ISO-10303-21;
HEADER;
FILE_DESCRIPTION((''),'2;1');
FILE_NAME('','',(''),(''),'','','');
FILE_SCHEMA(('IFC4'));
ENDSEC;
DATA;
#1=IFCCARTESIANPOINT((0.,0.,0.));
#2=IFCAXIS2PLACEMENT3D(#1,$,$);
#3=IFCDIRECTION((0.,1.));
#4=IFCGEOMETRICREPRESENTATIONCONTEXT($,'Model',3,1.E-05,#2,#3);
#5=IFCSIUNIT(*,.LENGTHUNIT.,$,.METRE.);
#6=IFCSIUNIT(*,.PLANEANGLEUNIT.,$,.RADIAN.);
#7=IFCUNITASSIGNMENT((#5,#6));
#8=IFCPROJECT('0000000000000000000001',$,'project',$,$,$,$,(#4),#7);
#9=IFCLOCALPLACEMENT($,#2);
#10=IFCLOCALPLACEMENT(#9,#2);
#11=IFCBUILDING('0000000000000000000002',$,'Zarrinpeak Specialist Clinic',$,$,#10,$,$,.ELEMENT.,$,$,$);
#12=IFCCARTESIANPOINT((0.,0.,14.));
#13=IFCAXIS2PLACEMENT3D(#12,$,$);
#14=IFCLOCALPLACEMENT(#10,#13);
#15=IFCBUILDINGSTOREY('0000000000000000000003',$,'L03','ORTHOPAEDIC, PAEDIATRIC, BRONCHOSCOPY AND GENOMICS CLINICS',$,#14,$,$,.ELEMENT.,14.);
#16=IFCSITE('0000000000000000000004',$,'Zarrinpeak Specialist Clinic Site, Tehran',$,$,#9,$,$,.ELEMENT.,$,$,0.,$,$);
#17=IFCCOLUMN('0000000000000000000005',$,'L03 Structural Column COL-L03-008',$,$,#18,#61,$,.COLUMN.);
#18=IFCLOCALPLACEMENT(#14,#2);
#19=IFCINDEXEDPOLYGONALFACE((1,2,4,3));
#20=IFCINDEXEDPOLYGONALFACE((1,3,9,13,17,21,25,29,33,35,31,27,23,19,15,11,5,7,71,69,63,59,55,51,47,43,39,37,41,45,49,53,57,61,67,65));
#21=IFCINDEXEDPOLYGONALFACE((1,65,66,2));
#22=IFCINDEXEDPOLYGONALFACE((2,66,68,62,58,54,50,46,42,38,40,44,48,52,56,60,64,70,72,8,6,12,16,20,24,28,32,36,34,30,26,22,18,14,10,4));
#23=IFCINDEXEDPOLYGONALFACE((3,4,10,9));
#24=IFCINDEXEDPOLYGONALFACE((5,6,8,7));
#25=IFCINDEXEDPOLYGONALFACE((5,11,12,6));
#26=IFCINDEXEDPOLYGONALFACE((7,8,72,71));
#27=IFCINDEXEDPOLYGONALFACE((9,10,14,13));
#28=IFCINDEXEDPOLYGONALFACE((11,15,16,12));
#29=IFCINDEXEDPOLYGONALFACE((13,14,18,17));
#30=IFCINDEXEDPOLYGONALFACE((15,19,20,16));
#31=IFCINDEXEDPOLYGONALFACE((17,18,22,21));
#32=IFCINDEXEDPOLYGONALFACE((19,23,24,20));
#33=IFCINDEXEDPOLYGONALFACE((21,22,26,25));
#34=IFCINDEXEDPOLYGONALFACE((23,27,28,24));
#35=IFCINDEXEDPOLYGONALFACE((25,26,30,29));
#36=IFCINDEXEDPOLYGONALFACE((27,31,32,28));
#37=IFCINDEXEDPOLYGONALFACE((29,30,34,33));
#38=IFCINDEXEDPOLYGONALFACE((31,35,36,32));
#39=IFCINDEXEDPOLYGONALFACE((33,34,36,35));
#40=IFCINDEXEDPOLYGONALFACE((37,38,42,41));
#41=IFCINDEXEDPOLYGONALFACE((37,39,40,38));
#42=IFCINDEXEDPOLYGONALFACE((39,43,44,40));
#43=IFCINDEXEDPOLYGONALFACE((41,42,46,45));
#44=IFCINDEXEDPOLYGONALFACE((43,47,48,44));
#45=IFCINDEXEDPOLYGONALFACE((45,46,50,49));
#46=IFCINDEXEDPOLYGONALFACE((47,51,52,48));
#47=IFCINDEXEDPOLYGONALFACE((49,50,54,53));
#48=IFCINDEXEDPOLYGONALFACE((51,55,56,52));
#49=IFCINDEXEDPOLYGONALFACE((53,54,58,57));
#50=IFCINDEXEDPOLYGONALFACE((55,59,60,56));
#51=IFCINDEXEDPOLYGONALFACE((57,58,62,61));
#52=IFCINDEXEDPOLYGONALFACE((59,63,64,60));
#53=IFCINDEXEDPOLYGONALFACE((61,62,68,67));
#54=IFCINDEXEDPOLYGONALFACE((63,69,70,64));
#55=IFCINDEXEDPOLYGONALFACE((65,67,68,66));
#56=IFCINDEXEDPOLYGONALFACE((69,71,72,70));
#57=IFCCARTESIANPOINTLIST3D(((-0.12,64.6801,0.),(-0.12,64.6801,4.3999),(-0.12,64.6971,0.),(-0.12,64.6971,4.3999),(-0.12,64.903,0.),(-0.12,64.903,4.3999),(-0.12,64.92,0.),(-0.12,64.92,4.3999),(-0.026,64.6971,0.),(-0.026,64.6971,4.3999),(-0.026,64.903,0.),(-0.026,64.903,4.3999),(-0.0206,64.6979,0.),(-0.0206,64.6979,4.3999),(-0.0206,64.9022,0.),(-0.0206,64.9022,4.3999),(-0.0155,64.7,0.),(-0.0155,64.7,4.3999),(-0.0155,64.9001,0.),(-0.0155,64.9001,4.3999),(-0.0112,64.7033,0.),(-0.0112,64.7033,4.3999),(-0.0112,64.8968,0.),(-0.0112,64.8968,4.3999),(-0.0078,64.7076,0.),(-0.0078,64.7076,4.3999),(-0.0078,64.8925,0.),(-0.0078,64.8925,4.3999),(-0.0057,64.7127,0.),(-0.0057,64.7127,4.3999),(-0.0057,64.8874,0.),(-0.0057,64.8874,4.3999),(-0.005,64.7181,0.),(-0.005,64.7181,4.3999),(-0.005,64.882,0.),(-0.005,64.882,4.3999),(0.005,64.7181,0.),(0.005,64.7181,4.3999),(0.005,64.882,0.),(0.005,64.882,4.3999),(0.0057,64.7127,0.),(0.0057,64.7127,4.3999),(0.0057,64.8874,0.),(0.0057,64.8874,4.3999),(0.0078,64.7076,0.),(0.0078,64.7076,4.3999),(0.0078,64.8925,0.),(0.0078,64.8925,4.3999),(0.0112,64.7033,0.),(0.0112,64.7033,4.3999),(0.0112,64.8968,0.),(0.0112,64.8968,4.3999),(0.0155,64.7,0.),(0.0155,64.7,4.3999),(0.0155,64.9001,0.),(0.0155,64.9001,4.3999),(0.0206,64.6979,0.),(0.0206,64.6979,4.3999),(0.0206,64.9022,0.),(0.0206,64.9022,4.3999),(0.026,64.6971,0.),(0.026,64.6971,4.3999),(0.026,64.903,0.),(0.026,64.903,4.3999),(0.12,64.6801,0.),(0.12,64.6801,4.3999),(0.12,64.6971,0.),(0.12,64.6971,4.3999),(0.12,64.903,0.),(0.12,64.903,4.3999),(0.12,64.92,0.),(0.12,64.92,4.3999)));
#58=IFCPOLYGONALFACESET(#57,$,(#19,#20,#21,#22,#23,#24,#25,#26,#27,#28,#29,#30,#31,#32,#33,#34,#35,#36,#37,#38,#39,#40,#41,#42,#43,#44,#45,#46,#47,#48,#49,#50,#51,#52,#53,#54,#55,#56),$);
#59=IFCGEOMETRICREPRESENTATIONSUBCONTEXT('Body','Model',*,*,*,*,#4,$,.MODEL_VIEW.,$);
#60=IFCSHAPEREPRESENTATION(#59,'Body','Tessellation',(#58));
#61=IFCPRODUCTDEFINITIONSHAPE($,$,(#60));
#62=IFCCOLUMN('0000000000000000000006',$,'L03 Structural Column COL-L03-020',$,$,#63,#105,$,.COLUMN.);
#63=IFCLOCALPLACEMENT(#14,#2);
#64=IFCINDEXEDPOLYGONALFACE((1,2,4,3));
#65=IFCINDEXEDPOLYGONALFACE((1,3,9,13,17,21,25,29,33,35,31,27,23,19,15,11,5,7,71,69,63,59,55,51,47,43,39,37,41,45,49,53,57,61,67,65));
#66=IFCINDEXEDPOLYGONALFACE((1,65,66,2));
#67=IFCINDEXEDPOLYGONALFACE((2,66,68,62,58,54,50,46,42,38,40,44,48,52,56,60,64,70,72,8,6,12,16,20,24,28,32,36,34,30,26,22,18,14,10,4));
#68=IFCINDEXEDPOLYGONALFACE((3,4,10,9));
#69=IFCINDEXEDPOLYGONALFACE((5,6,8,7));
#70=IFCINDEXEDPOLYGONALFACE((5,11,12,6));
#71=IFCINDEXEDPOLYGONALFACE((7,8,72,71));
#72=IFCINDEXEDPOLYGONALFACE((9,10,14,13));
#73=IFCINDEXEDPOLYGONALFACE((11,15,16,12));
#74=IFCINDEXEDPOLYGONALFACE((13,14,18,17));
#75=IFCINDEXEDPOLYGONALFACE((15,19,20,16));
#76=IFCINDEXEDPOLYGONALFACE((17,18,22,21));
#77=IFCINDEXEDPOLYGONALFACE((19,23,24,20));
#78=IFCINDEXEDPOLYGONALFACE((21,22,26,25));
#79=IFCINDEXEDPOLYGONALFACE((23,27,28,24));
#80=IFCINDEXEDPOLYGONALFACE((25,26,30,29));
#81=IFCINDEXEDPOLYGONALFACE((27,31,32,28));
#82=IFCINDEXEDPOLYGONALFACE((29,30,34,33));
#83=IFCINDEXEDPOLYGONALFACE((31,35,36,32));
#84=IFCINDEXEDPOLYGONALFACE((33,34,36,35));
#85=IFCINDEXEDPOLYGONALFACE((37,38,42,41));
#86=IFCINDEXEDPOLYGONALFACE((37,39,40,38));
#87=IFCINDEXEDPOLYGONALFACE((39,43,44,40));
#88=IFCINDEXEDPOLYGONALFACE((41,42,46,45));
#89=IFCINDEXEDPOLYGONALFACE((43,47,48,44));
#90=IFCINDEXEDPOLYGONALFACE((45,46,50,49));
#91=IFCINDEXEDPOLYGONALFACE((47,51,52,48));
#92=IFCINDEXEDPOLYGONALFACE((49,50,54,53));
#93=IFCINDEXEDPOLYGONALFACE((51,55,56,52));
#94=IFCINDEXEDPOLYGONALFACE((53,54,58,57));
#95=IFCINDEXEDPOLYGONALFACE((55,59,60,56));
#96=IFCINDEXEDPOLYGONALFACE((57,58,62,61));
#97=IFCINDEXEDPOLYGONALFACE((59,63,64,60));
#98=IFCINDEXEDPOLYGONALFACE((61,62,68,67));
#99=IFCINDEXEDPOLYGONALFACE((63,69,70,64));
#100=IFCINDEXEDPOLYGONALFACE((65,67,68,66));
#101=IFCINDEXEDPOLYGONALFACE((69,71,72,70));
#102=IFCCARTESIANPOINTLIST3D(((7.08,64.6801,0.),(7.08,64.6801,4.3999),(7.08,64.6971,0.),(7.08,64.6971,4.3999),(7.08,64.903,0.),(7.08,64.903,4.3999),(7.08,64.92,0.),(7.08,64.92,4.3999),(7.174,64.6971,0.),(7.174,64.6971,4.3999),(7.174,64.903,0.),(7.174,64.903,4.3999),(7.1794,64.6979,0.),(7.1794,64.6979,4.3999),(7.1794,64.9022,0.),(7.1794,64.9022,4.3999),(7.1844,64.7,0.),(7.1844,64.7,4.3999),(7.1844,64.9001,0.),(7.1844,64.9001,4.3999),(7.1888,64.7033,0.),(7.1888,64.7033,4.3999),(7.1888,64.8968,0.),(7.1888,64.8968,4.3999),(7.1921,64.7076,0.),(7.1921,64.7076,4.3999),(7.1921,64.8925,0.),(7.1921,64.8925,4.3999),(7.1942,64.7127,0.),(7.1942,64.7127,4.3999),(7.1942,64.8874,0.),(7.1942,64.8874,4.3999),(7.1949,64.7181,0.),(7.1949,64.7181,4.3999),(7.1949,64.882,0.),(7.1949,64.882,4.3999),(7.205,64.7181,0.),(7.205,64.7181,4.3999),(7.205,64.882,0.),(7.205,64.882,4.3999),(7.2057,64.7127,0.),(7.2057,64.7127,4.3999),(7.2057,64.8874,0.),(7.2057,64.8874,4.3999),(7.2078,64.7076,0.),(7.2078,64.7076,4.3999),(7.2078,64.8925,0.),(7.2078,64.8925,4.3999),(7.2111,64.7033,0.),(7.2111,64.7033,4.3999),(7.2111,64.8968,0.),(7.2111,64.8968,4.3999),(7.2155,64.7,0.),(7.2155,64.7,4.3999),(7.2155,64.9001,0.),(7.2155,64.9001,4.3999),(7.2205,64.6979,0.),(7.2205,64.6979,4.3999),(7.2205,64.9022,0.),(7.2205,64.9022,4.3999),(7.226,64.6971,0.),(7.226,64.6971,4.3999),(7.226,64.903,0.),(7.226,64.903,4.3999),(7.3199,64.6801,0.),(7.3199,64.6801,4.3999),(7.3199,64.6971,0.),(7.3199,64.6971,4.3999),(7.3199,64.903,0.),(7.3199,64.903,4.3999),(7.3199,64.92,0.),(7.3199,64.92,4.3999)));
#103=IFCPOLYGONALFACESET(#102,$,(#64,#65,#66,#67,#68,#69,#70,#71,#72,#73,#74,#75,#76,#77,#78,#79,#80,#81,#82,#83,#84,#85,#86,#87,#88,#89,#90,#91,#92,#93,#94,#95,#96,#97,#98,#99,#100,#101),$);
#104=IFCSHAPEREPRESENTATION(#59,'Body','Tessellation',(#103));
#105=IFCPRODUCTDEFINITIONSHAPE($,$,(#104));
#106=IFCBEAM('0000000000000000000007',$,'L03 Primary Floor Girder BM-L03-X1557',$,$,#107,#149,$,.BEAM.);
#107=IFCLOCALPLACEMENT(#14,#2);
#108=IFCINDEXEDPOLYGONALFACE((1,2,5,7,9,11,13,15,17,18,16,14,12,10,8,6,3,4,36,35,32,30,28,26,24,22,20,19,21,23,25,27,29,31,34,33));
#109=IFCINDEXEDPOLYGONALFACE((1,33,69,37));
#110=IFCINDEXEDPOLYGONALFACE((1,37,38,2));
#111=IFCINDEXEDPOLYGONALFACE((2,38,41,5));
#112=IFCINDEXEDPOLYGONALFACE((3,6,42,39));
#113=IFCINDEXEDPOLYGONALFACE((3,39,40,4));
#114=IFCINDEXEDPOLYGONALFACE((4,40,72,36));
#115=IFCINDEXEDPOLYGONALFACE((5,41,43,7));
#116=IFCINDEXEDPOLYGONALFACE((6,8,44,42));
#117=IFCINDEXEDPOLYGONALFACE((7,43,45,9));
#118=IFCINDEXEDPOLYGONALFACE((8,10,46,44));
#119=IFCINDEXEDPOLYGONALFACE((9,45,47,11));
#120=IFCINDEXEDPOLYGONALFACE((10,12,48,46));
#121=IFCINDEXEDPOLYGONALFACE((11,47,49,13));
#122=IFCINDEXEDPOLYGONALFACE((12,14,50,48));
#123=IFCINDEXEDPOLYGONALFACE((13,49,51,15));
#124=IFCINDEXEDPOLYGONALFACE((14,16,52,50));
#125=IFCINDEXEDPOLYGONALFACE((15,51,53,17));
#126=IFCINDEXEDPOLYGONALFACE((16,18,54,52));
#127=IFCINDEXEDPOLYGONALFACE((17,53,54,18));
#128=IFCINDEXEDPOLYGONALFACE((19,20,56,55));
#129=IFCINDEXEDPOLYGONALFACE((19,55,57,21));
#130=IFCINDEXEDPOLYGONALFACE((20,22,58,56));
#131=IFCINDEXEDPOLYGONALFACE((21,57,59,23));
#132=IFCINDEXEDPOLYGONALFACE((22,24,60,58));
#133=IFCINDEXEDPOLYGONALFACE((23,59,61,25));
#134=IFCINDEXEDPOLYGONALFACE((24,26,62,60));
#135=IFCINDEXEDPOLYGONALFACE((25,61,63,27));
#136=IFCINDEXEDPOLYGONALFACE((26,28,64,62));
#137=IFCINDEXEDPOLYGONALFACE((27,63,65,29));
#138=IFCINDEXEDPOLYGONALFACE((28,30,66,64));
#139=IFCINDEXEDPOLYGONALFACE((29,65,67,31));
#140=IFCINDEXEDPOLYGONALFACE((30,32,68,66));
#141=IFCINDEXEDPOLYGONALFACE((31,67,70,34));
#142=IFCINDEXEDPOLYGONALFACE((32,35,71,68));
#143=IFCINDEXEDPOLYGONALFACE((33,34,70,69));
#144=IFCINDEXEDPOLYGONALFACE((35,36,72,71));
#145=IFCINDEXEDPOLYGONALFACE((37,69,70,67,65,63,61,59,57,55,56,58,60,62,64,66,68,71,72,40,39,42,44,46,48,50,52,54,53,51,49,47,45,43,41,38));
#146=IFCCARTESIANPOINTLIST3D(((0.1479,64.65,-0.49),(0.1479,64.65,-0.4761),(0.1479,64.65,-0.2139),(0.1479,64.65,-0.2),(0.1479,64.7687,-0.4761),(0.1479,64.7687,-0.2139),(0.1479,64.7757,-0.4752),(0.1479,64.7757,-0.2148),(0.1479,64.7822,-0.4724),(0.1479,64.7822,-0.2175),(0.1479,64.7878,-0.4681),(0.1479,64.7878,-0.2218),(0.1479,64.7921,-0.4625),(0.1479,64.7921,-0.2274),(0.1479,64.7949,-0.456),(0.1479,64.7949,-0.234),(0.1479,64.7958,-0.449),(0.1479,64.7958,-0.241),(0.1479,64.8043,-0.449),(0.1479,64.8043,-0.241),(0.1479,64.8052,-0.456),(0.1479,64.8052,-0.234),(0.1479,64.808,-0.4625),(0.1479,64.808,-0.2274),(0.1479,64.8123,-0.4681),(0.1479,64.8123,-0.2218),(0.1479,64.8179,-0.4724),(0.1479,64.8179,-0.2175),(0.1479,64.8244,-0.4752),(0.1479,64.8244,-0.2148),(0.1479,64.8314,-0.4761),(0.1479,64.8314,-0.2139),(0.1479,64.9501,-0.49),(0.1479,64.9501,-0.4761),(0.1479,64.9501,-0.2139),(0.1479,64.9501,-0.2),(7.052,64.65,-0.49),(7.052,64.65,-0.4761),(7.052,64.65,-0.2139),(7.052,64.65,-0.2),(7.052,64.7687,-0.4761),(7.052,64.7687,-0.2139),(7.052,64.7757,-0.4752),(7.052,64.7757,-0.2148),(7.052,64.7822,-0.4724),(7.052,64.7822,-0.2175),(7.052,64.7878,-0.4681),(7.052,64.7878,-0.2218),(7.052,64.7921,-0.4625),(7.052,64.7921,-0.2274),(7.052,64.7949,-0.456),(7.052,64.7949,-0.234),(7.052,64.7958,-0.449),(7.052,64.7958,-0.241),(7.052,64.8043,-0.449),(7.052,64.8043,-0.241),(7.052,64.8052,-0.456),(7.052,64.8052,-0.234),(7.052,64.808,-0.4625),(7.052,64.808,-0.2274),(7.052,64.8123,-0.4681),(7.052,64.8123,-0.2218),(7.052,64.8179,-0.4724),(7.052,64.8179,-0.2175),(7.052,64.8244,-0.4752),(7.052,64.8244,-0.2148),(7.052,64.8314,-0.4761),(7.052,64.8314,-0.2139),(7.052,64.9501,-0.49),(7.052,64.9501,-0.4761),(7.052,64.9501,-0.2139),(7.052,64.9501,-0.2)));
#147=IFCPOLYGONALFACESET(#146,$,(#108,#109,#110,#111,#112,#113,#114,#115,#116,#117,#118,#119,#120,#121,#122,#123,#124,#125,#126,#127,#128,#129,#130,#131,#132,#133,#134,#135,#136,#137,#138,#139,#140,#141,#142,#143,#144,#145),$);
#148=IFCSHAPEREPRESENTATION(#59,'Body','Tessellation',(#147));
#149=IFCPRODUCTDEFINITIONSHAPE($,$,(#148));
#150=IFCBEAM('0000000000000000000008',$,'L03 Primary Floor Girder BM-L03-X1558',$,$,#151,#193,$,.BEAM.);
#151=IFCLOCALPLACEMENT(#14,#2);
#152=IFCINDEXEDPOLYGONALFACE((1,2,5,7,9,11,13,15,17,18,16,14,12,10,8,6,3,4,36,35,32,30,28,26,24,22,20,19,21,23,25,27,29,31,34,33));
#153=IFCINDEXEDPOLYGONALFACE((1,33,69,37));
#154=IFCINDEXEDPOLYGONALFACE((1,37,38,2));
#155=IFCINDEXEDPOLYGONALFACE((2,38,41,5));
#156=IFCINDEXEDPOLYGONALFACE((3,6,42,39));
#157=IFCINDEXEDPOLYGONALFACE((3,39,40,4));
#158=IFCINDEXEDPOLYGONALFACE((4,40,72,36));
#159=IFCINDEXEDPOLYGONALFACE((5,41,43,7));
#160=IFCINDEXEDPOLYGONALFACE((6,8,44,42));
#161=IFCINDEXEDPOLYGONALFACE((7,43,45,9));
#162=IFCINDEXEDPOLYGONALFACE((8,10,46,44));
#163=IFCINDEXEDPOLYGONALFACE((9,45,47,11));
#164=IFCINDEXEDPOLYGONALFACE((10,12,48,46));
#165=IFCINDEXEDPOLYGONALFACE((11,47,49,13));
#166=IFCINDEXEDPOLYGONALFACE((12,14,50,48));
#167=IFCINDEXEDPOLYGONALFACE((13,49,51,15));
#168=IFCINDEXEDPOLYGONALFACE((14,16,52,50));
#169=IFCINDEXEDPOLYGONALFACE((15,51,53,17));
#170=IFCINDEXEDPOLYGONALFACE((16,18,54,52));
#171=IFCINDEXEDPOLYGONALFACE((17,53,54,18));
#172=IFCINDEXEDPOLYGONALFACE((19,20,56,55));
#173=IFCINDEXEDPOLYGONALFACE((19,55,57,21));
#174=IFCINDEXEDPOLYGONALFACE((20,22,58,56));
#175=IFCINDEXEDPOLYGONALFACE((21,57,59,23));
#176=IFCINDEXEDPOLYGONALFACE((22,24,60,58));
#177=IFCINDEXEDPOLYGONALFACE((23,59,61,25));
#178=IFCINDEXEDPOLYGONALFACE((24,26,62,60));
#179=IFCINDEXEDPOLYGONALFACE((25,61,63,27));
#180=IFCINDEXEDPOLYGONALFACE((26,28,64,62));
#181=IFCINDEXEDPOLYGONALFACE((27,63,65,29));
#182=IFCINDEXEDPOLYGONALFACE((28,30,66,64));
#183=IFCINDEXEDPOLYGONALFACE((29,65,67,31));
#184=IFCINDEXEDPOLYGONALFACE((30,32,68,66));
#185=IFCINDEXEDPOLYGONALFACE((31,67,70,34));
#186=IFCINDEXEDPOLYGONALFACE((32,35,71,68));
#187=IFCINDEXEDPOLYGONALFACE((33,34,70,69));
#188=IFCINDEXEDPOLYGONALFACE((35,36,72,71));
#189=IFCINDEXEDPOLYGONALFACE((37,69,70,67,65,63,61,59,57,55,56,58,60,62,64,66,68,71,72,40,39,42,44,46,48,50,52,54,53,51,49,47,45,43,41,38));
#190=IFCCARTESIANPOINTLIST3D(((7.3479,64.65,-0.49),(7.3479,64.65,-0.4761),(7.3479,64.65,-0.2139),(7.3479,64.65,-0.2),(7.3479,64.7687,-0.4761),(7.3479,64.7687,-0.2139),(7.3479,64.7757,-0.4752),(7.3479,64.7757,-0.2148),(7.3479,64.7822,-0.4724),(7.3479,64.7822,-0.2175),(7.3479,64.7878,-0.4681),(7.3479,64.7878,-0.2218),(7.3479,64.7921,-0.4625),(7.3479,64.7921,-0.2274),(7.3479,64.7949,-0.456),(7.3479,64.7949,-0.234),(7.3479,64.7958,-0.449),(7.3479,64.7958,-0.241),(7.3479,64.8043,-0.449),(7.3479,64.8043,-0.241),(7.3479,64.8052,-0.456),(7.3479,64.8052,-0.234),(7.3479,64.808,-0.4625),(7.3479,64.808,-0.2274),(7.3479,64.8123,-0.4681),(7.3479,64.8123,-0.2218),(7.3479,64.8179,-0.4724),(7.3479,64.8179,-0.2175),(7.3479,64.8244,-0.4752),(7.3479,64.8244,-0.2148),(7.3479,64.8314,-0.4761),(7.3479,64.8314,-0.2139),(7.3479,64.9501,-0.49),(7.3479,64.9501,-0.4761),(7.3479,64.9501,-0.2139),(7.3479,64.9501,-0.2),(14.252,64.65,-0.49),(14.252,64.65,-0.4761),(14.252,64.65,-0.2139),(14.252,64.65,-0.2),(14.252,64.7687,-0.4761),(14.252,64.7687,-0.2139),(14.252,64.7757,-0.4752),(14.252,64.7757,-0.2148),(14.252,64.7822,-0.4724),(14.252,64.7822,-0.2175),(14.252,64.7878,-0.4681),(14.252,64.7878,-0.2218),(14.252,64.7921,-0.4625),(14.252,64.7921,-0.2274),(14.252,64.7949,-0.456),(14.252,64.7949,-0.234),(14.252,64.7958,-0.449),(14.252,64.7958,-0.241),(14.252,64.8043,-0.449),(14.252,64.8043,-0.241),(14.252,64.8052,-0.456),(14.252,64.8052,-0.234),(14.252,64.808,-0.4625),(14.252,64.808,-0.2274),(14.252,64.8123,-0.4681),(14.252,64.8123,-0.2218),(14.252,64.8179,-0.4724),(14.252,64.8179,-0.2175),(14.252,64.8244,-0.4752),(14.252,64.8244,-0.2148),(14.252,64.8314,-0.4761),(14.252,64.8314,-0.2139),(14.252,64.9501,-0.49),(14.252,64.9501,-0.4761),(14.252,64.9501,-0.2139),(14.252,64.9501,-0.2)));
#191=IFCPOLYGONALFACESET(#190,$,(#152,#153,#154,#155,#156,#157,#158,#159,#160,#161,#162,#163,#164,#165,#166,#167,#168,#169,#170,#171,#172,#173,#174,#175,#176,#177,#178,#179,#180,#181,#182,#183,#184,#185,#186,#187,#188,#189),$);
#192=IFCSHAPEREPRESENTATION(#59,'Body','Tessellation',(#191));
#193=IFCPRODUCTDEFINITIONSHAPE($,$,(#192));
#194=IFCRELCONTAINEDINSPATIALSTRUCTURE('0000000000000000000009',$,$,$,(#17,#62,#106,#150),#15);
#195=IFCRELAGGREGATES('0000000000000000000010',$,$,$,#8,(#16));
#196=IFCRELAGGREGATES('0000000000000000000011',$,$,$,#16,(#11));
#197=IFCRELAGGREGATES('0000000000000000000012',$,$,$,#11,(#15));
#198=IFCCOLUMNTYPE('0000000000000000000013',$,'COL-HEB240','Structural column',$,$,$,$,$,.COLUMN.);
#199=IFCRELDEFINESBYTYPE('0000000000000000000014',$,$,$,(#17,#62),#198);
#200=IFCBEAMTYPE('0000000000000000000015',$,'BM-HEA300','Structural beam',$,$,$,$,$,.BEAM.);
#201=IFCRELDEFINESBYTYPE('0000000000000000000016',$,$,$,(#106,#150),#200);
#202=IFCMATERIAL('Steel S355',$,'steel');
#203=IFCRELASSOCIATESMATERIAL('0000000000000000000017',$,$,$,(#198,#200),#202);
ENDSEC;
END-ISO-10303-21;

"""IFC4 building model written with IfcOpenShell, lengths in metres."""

from ifc_helpers import new_model, si_unit, direction, frame, origin, origin_2d, place, context, subcontext, project, spatial, i_section, extrude, material, material_profile, profile_set, type_object, element, save


model = new_model("IFC4")

# Units and contexts
model_context = context("Model", 3, precision=1e-05, world=origin(), true_north=direction((0.0, 1.0)))
body_context = subcontext(model_context, "Body", "Model", "MODEL_VIEW")
ifc_project = project(units=[si_unit("LENGTHUNIT", "METRE"), si_unit("PLANEANGLEUNIT", "RADIAN")], contexts=[model_context])

# Site, building, storey
site_placement = place(None, origin())
site = spatial("IfcSite", under=ifc_project, at=site_placement, Name="Zarrinpeak Specialist Clinic Site, Tehran", CompositionType="ELEMENT", RefElevation=0.0)
building_placement = place(site_placement, origin())
building = spatial("IfcBuilding", under=site, at=building_placement, Name="Zarrinpeak Specialist Clinic", CompositionType="ELEMENT")
storey_placement = place(building_placement, frame((0.0, 0.0, 14.0)))
storey = spatial("IfcBuildingStorey", under=building, at=storey_placement, Name="L03", Description="ORTHOPAEDIC, PAEDIATRIC, BRONCHOSCOPY AND GENOMICS CLINICS", CompositionType="ELEMENT", Elevation=14.0)

# Columns
ifc_material_1 = material(Name="Steel S355", Category="steel")
ifc_material_profile_1 = material_profile(ifc_material_1, i_section(OverallWidth=0.24, OverallDepth=0.24, WebThickness=0.01, FlangeThickness=0.0171, FilletRadius=0.021, at=origin_2d()), Name="HEB 240")
ifc_profile_set_1 = profile_set([ifc_material_profile_1], Name="Steel S355")
column_type = type_object("IfcColumnType", Name="COL-HEB240", Description="Structural column", PredefinedType="COLUMN", material=ifc_profile_set_1)
for number, where, z_axis, x_axis, name in (
    (1, (0.0, 64.8, 0.0), (0.0, 0.0, 1.0), (1.0, 0.0, 0.0), "L03 Structural Column COL-L03-008"),
    (2, (7.2, 64.8, 0.0), (0.0, 0.0, 1.0), (1.0, 0.0, 0.0), "L03 Structural Column COL-L03-020"),
):
    element("IfcColumn", number, at=place(storey_placement, frame(where, z_axis=z_axis, x_axis=x_axis)), inside=storey, type_object=column_type, Name=name, PredefinedType="COLUMN", context=body_context, shape_type="SweptSolid", body=[
        extrude(i_section(OverallWidth=0.24, OverallDepth=0.24, WebThickness=0.01, FlangeThickness=0.0171, FilletRadius=0.021, at=origin_2d()), origin(), (0.0, 0.0, 1.0), 4.3999),
    ])

# Beams
ifc_material_profile_2 = material_profile(ifc_material_1, i_section(OverallWidth=0.3, OverallDepth=0.29, WebThickness=0.0085, FlangeThickness=0.0139, FilletRadius=0.0271, at=origin_2d()), Name="HEA 300")
ifc_profile_set_2 = profile_set([ifc_material_profile_2], Name="Steel S355")
beam_type_1 = type_object("IfcBeamType", Name="BM-HEA300", Description="Structural beam", PredefinedType="BEAM", material=ifc_profile_set_2)
for number, where, z_axis, x_axis, name in (
    (3, (0.1479, 64.8, -0.345), (1.0, 0.0, 0.0), (0.0, 1.0, 0.0), "L03 Primary Floor Girder BM-L03-X1557"),
    (4, (7.3479, 64.8, -0.345), (1.0, 0.0, 0.0), (0.0, 1.0, 0.0), "L03 Primary Floor Girder BM-L03-X1558"),
):
    element("IfcBeam", number, at=place(storey_placement, frame(where, z_axis=z_axis, x_axis=x_axis)), inside=storey, type_object=beam_type_1, Name=name, PredefinedType="BEAM", context=body_context, shape_type="SweptSolid", body=[
        extrude(i_section(OverallWidth=0.3, OverallDepth=0.29, WebThickness=0.0085, FlangeThickness=0.0139, FilletRadius=0.0271, at=origin_2d()), origin(), (0.0, 0.0, 1.0), 6.9041),
    ])

save(model, "model.ifc")
